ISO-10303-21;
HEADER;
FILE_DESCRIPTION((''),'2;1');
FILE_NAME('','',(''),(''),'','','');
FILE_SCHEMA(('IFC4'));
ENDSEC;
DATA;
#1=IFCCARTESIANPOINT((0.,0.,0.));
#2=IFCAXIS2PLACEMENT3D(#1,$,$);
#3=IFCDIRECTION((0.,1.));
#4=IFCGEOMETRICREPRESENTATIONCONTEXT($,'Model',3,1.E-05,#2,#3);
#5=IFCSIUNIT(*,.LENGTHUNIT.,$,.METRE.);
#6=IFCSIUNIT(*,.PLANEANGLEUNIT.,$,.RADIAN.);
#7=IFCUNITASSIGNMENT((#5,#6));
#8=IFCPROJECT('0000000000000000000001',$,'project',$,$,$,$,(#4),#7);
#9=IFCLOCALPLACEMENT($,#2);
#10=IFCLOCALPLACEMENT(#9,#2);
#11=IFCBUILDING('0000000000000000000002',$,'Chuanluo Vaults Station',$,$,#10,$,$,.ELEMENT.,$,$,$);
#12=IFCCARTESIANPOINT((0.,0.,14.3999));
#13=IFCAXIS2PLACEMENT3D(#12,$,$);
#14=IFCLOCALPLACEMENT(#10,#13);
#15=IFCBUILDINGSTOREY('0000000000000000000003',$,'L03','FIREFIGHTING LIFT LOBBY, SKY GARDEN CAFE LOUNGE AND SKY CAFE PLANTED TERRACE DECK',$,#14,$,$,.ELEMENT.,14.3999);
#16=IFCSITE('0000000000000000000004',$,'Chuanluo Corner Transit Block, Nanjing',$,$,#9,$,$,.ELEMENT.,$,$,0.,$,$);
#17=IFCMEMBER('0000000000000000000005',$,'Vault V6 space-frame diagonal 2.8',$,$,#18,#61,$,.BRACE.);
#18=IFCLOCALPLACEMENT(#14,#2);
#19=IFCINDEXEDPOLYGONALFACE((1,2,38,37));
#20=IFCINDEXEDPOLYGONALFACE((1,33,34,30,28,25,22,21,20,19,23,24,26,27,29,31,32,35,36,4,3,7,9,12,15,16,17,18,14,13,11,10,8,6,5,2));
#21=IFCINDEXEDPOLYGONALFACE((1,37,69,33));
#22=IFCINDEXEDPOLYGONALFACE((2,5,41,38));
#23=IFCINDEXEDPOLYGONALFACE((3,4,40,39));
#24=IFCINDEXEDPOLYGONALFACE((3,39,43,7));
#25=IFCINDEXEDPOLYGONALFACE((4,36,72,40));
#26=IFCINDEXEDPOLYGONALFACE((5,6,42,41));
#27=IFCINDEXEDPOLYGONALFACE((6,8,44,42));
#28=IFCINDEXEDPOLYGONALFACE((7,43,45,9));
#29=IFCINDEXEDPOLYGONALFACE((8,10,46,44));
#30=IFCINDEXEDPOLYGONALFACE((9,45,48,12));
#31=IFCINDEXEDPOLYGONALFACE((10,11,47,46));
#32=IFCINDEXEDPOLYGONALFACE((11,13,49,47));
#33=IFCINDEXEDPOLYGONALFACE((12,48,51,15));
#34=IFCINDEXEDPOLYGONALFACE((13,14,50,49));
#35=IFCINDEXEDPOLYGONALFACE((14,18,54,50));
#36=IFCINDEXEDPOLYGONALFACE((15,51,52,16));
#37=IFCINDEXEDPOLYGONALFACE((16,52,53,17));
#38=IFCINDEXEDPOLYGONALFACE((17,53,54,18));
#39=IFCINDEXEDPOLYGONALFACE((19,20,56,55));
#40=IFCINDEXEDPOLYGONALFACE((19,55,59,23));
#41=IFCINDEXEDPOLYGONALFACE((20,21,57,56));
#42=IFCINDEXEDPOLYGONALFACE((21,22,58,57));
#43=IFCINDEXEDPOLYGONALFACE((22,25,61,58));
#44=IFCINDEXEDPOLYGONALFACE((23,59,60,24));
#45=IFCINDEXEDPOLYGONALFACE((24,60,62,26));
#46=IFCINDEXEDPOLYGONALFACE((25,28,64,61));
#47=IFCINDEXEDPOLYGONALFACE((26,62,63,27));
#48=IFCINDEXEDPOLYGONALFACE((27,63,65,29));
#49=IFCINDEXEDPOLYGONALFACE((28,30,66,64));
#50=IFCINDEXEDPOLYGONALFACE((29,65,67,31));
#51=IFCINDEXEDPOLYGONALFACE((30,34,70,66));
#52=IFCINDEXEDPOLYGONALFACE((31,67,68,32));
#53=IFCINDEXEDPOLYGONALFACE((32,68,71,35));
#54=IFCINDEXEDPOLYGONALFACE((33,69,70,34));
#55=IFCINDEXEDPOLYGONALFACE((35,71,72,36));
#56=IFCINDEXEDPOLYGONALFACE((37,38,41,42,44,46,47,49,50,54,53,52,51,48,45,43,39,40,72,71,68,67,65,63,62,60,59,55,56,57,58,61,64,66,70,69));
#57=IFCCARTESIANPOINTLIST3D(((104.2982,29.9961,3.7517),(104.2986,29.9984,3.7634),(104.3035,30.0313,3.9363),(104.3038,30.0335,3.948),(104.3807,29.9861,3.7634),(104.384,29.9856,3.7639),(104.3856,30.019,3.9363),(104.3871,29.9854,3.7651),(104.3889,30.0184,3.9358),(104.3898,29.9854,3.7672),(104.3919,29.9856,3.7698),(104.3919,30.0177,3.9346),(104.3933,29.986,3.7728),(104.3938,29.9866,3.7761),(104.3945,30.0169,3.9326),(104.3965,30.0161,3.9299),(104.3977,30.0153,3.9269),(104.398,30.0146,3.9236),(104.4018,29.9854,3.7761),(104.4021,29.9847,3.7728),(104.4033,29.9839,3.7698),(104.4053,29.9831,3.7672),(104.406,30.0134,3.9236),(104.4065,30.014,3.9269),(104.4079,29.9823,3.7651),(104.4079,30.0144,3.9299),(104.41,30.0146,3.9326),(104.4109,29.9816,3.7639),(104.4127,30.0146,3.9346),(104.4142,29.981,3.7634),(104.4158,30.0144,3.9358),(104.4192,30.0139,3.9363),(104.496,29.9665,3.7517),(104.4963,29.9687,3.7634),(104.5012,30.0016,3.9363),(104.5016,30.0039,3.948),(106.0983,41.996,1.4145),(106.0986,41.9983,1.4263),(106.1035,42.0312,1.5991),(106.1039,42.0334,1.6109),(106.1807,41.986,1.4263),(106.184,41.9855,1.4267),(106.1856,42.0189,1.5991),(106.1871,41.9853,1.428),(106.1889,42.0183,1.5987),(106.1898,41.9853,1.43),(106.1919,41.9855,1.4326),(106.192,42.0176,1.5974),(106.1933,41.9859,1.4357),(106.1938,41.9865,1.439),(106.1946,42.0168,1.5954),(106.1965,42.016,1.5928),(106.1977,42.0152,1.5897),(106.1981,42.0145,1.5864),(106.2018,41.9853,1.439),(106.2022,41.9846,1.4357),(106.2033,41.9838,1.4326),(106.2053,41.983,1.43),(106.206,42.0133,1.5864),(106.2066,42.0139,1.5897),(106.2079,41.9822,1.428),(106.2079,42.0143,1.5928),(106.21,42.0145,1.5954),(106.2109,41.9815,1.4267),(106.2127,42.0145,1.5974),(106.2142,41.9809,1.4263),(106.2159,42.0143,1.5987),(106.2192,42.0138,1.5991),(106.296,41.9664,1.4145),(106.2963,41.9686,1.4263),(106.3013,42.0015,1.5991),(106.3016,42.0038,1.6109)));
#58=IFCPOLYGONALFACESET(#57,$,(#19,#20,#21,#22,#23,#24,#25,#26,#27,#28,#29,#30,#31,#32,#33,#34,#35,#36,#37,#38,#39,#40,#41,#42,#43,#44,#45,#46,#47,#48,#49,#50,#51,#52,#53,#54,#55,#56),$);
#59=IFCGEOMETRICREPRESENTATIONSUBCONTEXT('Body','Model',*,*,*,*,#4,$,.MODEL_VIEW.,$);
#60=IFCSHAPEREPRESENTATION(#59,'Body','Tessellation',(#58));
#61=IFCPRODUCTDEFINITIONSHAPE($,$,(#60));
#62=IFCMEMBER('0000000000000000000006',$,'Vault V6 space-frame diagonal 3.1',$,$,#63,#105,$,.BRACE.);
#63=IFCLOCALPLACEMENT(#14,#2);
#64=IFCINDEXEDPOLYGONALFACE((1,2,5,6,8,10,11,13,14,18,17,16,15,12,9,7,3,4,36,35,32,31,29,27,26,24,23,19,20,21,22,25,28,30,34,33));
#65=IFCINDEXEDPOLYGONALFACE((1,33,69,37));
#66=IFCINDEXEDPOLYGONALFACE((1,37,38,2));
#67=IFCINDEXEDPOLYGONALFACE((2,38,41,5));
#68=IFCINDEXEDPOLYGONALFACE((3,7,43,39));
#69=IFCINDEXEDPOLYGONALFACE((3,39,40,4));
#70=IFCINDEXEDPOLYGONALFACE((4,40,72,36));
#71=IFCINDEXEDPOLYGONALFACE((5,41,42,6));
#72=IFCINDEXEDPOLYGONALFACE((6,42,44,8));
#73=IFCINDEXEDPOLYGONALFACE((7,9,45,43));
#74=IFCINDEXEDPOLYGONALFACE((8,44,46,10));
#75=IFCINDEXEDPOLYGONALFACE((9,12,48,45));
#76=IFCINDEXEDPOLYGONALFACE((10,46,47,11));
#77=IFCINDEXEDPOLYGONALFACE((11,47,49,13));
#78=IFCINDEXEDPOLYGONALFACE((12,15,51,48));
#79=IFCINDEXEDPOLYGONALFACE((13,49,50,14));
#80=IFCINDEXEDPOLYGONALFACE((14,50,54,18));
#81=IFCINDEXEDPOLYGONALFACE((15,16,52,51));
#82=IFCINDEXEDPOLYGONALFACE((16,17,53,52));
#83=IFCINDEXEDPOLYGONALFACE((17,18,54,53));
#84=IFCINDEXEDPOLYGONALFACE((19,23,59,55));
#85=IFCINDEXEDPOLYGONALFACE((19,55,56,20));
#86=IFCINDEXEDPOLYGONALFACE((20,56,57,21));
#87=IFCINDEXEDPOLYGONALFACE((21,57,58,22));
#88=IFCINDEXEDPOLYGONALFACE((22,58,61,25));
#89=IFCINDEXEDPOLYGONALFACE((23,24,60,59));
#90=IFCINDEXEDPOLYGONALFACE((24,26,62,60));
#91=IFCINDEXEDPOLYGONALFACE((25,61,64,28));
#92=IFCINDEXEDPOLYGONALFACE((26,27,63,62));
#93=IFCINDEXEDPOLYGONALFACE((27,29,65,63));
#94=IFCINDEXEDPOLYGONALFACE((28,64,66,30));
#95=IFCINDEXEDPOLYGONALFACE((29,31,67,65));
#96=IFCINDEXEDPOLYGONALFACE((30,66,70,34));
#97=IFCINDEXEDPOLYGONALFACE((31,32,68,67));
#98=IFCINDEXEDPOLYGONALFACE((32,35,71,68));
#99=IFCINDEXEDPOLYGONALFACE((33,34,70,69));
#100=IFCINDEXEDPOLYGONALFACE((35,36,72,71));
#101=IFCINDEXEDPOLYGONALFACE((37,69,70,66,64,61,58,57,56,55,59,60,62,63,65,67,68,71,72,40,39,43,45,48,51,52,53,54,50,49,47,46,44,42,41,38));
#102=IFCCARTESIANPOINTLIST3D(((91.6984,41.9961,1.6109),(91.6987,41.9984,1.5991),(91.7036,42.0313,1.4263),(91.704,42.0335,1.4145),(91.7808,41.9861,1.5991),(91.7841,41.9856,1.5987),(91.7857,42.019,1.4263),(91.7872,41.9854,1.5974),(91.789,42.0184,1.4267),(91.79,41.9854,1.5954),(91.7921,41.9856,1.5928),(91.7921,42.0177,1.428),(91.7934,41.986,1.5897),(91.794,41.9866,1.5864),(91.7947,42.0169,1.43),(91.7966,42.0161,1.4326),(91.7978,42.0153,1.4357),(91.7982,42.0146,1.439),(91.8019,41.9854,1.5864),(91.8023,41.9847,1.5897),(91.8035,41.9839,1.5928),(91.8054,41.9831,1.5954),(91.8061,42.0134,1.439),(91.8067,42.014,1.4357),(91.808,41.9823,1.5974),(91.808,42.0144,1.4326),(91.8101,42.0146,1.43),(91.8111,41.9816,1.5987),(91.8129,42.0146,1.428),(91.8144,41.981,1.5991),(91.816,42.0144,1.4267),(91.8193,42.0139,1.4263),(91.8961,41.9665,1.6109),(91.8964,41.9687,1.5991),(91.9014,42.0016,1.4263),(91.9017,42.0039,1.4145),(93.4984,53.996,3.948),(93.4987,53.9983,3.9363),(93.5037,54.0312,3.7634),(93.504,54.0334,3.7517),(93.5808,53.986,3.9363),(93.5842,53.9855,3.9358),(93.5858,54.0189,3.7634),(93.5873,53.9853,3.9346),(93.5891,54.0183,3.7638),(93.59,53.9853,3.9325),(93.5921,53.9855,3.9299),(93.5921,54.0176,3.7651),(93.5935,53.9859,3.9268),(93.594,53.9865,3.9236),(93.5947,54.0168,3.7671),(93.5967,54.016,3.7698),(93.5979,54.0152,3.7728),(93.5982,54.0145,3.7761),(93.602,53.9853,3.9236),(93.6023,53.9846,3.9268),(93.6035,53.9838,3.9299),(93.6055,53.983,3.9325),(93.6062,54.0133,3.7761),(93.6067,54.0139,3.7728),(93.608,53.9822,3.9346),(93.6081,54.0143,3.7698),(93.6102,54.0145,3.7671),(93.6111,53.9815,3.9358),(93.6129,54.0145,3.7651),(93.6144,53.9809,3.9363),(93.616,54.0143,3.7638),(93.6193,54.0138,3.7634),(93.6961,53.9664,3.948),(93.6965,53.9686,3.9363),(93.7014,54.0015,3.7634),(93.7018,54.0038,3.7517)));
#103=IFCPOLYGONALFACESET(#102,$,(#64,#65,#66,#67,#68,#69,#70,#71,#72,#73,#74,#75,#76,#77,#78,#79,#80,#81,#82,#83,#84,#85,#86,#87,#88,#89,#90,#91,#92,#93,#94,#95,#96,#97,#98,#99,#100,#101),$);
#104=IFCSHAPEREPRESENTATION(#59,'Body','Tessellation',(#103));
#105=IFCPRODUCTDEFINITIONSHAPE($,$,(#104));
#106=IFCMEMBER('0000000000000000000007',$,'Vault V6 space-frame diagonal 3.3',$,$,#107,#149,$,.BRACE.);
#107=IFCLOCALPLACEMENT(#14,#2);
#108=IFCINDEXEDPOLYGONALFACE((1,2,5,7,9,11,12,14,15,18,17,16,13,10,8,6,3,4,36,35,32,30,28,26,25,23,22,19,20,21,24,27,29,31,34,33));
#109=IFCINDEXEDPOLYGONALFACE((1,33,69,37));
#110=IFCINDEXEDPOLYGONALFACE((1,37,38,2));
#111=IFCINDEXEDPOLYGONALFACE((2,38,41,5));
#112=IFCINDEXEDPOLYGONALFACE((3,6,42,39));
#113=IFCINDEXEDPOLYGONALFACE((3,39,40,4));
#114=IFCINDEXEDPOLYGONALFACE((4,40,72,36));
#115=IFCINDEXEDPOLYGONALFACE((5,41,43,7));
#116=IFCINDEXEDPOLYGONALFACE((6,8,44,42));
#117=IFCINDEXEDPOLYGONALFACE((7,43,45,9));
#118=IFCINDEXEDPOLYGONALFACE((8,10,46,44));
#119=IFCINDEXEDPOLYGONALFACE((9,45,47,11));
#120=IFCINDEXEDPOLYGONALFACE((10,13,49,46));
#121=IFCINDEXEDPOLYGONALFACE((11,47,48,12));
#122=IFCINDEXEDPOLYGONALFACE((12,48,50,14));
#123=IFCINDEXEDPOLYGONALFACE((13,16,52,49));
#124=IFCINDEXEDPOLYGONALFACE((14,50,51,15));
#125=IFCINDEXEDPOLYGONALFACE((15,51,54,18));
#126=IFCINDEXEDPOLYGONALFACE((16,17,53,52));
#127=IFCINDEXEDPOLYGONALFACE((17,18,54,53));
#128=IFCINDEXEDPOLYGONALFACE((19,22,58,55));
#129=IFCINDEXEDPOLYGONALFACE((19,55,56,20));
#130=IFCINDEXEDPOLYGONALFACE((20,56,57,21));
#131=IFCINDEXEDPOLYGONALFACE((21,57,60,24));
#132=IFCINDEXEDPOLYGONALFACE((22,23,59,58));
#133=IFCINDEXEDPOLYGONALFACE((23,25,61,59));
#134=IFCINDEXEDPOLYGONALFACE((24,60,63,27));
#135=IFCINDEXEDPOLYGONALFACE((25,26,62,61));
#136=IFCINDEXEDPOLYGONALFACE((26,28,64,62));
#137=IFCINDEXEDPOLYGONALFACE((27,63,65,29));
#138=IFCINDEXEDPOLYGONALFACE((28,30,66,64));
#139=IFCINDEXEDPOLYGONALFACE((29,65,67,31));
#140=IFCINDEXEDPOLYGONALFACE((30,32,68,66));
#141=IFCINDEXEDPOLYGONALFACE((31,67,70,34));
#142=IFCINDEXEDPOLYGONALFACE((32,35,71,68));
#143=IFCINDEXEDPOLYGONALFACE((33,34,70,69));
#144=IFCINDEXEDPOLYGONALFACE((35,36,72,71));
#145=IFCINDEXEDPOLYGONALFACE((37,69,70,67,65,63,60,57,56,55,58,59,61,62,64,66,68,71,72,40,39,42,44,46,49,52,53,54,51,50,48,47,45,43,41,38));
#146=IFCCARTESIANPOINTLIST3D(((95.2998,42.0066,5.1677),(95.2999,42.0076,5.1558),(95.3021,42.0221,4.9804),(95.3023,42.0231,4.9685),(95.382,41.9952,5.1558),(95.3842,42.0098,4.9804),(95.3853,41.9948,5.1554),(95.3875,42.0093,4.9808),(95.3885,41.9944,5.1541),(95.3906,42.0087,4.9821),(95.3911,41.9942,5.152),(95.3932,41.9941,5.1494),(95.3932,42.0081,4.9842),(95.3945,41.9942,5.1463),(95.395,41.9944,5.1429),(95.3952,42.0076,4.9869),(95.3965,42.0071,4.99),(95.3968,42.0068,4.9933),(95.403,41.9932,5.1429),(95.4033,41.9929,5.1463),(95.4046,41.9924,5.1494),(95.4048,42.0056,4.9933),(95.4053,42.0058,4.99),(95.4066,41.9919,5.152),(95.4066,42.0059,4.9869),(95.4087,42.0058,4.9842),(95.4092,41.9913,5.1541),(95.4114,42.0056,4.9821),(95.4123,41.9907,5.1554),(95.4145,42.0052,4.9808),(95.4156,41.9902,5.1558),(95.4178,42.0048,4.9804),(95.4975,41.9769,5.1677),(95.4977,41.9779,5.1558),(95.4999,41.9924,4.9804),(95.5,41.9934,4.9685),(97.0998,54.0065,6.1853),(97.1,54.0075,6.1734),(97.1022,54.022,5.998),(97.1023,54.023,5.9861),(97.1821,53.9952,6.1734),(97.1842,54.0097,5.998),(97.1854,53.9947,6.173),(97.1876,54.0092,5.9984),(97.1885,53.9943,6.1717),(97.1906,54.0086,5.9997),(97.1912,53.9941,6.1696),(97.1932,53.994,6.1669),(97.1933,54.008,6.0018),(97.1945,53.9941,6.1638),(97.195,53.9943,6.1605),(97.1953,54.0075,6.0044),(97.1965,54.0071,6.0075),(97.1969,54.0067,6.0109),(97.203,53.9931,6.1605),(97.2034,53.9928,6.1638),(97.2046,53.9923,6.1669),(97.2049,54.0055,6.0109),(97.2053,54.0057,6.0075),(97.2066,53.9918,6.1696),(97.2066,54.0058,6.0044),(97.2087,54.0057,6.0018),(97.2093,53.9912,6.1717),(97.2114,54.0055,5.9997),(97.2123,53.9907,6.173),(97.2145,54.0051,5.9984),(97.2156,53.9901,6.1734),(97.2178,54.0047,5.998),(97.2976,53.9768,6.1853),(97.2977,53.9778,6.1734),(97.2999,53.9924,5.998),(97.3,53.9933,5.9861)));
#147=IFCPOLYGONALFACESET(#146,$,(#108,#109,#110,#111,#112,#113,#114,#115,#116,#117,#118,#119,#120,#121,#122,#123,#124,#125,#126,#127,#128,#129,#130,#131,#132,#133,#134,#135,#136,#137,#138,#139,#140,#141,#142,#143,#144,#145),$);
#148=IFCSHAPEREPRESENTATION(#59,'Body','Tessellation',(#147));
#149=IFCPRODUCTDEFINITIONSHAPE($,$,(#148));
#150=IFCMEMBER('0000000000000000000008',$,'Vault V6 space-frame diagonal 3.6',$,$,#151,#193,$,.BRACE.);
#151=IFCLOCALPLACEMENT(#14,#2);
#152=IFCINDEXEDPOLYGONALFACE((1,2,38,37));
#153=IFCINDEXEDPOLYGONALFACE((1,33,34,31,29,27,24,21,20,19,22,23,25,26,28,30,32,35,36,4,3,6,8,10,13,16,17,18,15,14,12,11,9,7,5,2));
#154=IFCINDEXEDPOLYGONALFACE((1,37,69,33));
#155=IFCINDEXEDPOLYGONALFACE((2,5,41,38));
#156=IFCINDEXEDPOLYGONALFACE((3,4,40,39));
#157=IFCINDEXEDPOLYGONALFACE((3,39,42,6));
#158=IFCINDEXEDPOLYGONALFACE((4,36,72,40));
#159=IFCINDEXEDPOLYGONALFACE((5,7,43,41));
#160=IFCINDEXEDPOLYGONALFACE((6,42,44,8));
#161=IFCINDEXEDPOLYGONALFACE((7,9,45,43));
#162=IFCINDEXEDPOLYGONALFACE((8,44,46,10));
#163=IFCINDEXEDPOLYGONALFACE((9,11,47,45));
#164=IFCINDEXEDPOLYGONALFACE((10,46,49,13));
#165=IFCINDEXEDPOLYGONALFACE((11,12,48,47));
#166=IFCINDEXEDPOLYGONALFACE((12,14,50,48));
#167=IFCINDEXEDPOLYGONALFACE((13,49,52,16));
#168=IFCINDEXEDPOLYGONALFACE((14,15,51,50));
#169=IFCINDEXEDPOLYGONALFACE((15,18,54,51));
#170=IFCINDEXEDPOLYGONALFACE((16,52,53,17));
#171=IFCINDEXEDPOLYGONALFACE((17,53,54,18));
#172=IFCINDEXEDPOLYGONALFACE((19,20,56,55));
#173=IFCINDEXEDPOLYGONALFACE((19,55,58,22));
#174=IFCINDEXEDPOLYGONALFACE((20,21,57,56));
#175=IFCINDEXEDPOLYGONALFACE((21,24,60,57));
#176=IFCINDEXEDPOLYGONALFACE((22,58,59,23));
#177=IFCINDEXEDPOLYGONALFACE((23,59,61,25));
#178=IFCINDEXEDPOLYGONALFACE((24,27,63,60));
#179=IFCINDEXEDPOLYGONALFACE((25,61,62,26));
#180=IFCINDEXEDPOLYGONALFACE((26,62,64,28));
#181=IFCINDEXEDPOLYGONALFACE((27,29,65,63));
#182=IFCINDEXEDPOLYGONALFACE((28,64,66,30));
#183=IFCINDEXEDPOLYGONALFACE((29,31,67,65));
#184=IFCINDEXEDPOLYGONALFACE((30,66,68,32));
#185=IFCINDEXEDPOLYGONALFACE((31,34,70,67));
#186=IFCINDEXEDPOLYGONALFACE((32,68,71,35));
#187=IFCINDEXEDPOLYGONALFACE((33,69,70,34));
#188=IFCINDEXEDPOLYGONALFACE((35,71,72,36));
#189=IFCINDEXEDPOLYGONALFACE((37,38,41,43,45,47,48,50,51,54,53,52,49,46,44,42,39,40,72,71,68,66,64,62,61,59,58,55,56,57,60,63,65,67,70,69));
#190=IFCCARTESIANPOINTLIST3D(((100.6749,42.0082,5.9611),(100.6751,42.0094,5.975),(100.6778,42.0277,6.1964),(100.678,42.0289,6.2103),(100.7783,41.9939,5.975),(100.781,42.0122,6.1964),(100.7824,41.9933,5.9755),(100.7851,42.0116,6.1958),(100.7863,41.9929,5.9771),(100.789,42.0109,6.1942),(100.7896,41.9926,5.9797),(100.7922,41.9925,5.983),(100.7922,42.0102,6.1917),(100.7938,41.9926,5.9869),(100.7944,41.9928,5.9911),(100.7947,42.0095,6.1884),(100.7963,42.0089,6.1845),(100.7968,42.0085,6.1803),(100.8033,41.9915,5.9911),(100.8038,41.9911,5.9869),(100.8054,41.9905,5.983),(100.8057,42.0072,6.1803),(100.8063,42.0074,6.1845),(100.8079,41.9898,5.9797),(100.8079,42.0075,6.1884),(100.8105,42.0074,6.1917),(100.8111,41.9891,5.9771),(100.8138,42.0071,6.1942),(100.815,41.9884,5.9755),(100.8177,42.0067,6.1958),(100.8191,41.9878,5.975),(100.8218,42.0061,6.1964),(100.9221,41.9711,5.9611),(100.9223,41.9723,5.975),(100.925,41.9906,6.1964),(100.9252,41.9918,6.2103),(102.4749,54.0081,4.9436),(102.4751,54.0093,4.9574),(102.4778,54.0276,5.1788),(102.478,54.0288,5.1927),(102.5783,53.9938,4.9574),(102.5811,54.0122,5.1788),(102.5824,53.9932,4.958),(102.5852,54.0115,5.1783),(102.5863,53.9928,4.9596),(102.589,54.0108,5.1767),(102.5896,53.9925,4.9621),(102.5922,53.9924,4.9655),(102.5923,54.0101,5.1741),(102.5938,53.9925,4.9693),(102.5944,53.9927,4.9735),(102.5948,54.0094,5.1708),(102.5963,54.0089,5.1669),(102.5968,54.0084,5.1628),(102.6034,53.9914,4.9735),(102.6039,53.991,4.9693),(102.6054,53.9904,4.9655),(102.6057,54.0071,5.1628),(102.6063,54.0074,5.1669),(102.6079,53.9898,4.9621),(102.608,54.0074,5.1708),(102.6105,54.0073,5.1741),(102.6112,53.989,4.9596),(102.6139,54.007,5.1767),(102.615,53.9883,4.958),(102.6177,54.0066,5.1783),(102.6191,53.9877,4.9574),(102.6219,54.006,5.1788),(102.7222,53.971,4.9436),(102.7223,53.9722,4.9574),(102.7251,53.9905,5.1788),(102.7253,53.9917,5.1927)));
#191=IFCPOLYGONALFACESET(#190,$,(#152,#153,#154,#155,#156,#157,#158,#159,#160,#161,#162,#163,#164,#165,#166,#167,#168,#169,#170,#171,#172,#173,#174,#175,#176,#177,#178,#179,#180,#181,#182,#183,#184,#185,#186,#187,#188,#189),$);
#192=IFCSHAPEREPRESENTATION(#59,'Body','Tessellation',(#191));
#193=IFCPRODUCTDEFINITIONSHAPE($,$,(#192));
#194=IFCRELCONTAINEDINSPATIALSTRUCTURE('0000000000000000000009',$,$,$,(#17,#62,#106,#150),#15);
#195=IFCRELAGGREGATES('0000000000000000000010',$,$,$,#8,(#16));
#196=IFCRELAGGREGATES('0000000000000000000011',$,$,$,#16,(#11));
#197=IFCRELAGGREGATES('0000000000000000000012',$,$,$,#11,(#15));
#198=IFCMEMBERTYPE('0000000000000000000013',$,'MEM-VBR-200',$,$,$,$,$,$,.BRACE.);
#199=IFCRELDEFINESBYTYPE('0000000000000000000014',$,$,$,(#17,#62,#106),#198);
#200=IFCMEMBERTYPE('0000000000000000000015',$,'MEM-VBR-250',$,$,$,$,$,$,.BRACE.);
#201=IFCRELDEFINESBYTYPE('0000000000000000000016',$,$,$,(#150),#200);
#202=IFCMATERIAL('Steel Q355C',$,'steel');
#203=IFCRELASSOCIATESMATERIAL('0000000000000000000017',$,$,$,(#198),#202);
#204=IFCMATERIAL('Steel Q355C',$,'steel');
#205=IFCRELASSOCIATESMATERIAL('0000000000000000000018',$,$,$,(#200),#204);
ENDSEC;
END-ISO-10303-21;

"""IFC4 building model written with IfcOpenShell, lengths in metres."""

from ifc_helpers import new_model, si_unit, direction, frame, origin, origin_2d, place, context, subcontext, project, spatial, i_section, extrude, material, material_profile, profile_set, type_object, element, save


model = new_model("IFC4")

# Units and contexts
model_context = context("Model", 3, precision=1e-05, world=origin(), true_north=direction((0.0, 1.0)))
body_context = subcontext(model_context, "Body", "Model", "MODEL_VIEW")
ifc_project = project(units=[si_unit("LENGTHUNIT", "METRE"), si_unit("PLANEANGLEUNIT", "RADIAN")], contexts=[model_context])

# Site, building, storey
site_placement = place(None, origin())
site = spatial("IfcSite", under=ifc_project, at=site_placement, Name="Chuanluo Corner Transit Block, Nanjing", CompositionType="ELEMENT", RefElevation=0.0)
building_placement = place(site_placement, origin())
building = spatial("IfcBuilding", under=site, at=building_placement, Name="Chuanluo Vaults Station", CompositionType="ELEMENT")
storey_placement = place(building_placement, frame((0.0, 0.0, 14.3999)))
storey = spatial("IfcBuildingStorey", under=building, at=storey_placement, Name="L03", Description="FIREFIGHTING LIFT LOBBY, SKY GARDEN CAFE LOUNGE AND SKY CAFE PLANTED TERRACE DECK", CompositionType="ELEMENT", Elevation=14.3999)

# Members
ifc_material_1 = material(Name="Steel Q355C", Category="steel")
ifc_material_profile_1 = material_profile(ifc_material_1, i_section(OverallWidth=0.2, OverallDepth=0.2, WebThickness=0.0081, FlangeThickness=0.012, FilletRadius=0.0129, at=origin_2d()))
ifc_profile_set_1 = profile_set([ifc_material_profile_1], Name="Steel Q355C")
member_type_1 = type_object("IfcMemberType", Name="MEM-VBR-200", PredefinedType="BRACE", material=ifc_profile_set_1)
for number, where, z_axis, x_axis, name in (
    (1, (104.3999, 30.0, 3.8499), (0.145667, 0.971087, -0.189132), (-0.988936, 0.148344, 0.0), "Vault V6 space-frame diagonal 2.8"),
    (2, (91.8, 42.0, 1.5127), (0.145667, 0.971087, 0.189132), (-0.988936, 0.148344, 0.0), "Vault V6 space-frame diagonal 3.1"),
):
    element("IfcMember", number, at=place(storey_placement, frame(where, z_axis=z_axis, x_axis=x_axis)), inside=storey, type_object=member_type_1, Name=name, PredefinedType="BRACE", context=body_context, shape_type="SweptSolid", body=[
        extrude(i_section(OverallWidth=0.2, OverallDepth=0.2, WebThickness=0.0081, FlangeThickness=0.012, FilletRadius=0.0129, at=origin_2d()), origin(), (0.0, 0.0, 1.0), 12.3572),
    ])
member_1_placement = place(storey_placement, frame((95.3999, 42.0, 5.0681), z_axis=(0.147826, 0.985477, 0.083567), x_axis=(-0.988936, 0.148344, 0.0)))
element("IfcMember", 3, at=member_1_placement, inside=storey, type_object=member_type_1, Name="Vault V6 space-frame diagonal 3.3", PredefinedType="BRACE", context=body_context, shape_type="SweptSolid", body=[
    extrude(i_section(OverallWidth=0.2, OverallDepth=0.2, WebThickness=0.0081, FlangeThickness=0.012, FilletRadius=0.0129, at=origin_2d()), origin(), (0.0, 0.0, 1.0), 12.1768),
])
ifc_material_2 = material(Name="Steel Q355C", Category="steel")
ifc_material_profile_2 = material_profile(ifc_material_2, i_section(OverallWidth=0.25, OverallDepth=0.25, WebThickness=0.009, FlangeThickness=0.0139, FilletRadius=0.0161, at=origin_2d()))
ifc_profile_set_2 = profile_set([ifc_material_profile_2], Name="Steel Q355C")
member_type_2 = type_object("IfcMemberType", Name="MEM-VBR-250", PredefinedType="BRACE", material=ifc_profile_set_2)
member_2_placement = place(storey_placement, frame((100.8, 42.0, 6.0857), z_axis=(0.147826, 0.985477, -0.083567), x_axis=(-0.988936, 0.148344, 0.0)))
element("IfcMember", 4, at=member_2_placement, inside=storey, type_object=member_type_2, Name="Vault V6 space-frame diagonal 3.6", PredefinedType="BRACE", context=body_context, shape_type="SweptSolid", body=[
    extrude(i_section(OverallWidth=0.25, OverallDepth=0.25, WebThickness=0.009, FlangeThickness=0.0139, FilletRadius=0.0161, at=origin_2d()), origin(), (0.0, 0.0, 1.0), 12.1768),
])

save(model, "model.ifc")
